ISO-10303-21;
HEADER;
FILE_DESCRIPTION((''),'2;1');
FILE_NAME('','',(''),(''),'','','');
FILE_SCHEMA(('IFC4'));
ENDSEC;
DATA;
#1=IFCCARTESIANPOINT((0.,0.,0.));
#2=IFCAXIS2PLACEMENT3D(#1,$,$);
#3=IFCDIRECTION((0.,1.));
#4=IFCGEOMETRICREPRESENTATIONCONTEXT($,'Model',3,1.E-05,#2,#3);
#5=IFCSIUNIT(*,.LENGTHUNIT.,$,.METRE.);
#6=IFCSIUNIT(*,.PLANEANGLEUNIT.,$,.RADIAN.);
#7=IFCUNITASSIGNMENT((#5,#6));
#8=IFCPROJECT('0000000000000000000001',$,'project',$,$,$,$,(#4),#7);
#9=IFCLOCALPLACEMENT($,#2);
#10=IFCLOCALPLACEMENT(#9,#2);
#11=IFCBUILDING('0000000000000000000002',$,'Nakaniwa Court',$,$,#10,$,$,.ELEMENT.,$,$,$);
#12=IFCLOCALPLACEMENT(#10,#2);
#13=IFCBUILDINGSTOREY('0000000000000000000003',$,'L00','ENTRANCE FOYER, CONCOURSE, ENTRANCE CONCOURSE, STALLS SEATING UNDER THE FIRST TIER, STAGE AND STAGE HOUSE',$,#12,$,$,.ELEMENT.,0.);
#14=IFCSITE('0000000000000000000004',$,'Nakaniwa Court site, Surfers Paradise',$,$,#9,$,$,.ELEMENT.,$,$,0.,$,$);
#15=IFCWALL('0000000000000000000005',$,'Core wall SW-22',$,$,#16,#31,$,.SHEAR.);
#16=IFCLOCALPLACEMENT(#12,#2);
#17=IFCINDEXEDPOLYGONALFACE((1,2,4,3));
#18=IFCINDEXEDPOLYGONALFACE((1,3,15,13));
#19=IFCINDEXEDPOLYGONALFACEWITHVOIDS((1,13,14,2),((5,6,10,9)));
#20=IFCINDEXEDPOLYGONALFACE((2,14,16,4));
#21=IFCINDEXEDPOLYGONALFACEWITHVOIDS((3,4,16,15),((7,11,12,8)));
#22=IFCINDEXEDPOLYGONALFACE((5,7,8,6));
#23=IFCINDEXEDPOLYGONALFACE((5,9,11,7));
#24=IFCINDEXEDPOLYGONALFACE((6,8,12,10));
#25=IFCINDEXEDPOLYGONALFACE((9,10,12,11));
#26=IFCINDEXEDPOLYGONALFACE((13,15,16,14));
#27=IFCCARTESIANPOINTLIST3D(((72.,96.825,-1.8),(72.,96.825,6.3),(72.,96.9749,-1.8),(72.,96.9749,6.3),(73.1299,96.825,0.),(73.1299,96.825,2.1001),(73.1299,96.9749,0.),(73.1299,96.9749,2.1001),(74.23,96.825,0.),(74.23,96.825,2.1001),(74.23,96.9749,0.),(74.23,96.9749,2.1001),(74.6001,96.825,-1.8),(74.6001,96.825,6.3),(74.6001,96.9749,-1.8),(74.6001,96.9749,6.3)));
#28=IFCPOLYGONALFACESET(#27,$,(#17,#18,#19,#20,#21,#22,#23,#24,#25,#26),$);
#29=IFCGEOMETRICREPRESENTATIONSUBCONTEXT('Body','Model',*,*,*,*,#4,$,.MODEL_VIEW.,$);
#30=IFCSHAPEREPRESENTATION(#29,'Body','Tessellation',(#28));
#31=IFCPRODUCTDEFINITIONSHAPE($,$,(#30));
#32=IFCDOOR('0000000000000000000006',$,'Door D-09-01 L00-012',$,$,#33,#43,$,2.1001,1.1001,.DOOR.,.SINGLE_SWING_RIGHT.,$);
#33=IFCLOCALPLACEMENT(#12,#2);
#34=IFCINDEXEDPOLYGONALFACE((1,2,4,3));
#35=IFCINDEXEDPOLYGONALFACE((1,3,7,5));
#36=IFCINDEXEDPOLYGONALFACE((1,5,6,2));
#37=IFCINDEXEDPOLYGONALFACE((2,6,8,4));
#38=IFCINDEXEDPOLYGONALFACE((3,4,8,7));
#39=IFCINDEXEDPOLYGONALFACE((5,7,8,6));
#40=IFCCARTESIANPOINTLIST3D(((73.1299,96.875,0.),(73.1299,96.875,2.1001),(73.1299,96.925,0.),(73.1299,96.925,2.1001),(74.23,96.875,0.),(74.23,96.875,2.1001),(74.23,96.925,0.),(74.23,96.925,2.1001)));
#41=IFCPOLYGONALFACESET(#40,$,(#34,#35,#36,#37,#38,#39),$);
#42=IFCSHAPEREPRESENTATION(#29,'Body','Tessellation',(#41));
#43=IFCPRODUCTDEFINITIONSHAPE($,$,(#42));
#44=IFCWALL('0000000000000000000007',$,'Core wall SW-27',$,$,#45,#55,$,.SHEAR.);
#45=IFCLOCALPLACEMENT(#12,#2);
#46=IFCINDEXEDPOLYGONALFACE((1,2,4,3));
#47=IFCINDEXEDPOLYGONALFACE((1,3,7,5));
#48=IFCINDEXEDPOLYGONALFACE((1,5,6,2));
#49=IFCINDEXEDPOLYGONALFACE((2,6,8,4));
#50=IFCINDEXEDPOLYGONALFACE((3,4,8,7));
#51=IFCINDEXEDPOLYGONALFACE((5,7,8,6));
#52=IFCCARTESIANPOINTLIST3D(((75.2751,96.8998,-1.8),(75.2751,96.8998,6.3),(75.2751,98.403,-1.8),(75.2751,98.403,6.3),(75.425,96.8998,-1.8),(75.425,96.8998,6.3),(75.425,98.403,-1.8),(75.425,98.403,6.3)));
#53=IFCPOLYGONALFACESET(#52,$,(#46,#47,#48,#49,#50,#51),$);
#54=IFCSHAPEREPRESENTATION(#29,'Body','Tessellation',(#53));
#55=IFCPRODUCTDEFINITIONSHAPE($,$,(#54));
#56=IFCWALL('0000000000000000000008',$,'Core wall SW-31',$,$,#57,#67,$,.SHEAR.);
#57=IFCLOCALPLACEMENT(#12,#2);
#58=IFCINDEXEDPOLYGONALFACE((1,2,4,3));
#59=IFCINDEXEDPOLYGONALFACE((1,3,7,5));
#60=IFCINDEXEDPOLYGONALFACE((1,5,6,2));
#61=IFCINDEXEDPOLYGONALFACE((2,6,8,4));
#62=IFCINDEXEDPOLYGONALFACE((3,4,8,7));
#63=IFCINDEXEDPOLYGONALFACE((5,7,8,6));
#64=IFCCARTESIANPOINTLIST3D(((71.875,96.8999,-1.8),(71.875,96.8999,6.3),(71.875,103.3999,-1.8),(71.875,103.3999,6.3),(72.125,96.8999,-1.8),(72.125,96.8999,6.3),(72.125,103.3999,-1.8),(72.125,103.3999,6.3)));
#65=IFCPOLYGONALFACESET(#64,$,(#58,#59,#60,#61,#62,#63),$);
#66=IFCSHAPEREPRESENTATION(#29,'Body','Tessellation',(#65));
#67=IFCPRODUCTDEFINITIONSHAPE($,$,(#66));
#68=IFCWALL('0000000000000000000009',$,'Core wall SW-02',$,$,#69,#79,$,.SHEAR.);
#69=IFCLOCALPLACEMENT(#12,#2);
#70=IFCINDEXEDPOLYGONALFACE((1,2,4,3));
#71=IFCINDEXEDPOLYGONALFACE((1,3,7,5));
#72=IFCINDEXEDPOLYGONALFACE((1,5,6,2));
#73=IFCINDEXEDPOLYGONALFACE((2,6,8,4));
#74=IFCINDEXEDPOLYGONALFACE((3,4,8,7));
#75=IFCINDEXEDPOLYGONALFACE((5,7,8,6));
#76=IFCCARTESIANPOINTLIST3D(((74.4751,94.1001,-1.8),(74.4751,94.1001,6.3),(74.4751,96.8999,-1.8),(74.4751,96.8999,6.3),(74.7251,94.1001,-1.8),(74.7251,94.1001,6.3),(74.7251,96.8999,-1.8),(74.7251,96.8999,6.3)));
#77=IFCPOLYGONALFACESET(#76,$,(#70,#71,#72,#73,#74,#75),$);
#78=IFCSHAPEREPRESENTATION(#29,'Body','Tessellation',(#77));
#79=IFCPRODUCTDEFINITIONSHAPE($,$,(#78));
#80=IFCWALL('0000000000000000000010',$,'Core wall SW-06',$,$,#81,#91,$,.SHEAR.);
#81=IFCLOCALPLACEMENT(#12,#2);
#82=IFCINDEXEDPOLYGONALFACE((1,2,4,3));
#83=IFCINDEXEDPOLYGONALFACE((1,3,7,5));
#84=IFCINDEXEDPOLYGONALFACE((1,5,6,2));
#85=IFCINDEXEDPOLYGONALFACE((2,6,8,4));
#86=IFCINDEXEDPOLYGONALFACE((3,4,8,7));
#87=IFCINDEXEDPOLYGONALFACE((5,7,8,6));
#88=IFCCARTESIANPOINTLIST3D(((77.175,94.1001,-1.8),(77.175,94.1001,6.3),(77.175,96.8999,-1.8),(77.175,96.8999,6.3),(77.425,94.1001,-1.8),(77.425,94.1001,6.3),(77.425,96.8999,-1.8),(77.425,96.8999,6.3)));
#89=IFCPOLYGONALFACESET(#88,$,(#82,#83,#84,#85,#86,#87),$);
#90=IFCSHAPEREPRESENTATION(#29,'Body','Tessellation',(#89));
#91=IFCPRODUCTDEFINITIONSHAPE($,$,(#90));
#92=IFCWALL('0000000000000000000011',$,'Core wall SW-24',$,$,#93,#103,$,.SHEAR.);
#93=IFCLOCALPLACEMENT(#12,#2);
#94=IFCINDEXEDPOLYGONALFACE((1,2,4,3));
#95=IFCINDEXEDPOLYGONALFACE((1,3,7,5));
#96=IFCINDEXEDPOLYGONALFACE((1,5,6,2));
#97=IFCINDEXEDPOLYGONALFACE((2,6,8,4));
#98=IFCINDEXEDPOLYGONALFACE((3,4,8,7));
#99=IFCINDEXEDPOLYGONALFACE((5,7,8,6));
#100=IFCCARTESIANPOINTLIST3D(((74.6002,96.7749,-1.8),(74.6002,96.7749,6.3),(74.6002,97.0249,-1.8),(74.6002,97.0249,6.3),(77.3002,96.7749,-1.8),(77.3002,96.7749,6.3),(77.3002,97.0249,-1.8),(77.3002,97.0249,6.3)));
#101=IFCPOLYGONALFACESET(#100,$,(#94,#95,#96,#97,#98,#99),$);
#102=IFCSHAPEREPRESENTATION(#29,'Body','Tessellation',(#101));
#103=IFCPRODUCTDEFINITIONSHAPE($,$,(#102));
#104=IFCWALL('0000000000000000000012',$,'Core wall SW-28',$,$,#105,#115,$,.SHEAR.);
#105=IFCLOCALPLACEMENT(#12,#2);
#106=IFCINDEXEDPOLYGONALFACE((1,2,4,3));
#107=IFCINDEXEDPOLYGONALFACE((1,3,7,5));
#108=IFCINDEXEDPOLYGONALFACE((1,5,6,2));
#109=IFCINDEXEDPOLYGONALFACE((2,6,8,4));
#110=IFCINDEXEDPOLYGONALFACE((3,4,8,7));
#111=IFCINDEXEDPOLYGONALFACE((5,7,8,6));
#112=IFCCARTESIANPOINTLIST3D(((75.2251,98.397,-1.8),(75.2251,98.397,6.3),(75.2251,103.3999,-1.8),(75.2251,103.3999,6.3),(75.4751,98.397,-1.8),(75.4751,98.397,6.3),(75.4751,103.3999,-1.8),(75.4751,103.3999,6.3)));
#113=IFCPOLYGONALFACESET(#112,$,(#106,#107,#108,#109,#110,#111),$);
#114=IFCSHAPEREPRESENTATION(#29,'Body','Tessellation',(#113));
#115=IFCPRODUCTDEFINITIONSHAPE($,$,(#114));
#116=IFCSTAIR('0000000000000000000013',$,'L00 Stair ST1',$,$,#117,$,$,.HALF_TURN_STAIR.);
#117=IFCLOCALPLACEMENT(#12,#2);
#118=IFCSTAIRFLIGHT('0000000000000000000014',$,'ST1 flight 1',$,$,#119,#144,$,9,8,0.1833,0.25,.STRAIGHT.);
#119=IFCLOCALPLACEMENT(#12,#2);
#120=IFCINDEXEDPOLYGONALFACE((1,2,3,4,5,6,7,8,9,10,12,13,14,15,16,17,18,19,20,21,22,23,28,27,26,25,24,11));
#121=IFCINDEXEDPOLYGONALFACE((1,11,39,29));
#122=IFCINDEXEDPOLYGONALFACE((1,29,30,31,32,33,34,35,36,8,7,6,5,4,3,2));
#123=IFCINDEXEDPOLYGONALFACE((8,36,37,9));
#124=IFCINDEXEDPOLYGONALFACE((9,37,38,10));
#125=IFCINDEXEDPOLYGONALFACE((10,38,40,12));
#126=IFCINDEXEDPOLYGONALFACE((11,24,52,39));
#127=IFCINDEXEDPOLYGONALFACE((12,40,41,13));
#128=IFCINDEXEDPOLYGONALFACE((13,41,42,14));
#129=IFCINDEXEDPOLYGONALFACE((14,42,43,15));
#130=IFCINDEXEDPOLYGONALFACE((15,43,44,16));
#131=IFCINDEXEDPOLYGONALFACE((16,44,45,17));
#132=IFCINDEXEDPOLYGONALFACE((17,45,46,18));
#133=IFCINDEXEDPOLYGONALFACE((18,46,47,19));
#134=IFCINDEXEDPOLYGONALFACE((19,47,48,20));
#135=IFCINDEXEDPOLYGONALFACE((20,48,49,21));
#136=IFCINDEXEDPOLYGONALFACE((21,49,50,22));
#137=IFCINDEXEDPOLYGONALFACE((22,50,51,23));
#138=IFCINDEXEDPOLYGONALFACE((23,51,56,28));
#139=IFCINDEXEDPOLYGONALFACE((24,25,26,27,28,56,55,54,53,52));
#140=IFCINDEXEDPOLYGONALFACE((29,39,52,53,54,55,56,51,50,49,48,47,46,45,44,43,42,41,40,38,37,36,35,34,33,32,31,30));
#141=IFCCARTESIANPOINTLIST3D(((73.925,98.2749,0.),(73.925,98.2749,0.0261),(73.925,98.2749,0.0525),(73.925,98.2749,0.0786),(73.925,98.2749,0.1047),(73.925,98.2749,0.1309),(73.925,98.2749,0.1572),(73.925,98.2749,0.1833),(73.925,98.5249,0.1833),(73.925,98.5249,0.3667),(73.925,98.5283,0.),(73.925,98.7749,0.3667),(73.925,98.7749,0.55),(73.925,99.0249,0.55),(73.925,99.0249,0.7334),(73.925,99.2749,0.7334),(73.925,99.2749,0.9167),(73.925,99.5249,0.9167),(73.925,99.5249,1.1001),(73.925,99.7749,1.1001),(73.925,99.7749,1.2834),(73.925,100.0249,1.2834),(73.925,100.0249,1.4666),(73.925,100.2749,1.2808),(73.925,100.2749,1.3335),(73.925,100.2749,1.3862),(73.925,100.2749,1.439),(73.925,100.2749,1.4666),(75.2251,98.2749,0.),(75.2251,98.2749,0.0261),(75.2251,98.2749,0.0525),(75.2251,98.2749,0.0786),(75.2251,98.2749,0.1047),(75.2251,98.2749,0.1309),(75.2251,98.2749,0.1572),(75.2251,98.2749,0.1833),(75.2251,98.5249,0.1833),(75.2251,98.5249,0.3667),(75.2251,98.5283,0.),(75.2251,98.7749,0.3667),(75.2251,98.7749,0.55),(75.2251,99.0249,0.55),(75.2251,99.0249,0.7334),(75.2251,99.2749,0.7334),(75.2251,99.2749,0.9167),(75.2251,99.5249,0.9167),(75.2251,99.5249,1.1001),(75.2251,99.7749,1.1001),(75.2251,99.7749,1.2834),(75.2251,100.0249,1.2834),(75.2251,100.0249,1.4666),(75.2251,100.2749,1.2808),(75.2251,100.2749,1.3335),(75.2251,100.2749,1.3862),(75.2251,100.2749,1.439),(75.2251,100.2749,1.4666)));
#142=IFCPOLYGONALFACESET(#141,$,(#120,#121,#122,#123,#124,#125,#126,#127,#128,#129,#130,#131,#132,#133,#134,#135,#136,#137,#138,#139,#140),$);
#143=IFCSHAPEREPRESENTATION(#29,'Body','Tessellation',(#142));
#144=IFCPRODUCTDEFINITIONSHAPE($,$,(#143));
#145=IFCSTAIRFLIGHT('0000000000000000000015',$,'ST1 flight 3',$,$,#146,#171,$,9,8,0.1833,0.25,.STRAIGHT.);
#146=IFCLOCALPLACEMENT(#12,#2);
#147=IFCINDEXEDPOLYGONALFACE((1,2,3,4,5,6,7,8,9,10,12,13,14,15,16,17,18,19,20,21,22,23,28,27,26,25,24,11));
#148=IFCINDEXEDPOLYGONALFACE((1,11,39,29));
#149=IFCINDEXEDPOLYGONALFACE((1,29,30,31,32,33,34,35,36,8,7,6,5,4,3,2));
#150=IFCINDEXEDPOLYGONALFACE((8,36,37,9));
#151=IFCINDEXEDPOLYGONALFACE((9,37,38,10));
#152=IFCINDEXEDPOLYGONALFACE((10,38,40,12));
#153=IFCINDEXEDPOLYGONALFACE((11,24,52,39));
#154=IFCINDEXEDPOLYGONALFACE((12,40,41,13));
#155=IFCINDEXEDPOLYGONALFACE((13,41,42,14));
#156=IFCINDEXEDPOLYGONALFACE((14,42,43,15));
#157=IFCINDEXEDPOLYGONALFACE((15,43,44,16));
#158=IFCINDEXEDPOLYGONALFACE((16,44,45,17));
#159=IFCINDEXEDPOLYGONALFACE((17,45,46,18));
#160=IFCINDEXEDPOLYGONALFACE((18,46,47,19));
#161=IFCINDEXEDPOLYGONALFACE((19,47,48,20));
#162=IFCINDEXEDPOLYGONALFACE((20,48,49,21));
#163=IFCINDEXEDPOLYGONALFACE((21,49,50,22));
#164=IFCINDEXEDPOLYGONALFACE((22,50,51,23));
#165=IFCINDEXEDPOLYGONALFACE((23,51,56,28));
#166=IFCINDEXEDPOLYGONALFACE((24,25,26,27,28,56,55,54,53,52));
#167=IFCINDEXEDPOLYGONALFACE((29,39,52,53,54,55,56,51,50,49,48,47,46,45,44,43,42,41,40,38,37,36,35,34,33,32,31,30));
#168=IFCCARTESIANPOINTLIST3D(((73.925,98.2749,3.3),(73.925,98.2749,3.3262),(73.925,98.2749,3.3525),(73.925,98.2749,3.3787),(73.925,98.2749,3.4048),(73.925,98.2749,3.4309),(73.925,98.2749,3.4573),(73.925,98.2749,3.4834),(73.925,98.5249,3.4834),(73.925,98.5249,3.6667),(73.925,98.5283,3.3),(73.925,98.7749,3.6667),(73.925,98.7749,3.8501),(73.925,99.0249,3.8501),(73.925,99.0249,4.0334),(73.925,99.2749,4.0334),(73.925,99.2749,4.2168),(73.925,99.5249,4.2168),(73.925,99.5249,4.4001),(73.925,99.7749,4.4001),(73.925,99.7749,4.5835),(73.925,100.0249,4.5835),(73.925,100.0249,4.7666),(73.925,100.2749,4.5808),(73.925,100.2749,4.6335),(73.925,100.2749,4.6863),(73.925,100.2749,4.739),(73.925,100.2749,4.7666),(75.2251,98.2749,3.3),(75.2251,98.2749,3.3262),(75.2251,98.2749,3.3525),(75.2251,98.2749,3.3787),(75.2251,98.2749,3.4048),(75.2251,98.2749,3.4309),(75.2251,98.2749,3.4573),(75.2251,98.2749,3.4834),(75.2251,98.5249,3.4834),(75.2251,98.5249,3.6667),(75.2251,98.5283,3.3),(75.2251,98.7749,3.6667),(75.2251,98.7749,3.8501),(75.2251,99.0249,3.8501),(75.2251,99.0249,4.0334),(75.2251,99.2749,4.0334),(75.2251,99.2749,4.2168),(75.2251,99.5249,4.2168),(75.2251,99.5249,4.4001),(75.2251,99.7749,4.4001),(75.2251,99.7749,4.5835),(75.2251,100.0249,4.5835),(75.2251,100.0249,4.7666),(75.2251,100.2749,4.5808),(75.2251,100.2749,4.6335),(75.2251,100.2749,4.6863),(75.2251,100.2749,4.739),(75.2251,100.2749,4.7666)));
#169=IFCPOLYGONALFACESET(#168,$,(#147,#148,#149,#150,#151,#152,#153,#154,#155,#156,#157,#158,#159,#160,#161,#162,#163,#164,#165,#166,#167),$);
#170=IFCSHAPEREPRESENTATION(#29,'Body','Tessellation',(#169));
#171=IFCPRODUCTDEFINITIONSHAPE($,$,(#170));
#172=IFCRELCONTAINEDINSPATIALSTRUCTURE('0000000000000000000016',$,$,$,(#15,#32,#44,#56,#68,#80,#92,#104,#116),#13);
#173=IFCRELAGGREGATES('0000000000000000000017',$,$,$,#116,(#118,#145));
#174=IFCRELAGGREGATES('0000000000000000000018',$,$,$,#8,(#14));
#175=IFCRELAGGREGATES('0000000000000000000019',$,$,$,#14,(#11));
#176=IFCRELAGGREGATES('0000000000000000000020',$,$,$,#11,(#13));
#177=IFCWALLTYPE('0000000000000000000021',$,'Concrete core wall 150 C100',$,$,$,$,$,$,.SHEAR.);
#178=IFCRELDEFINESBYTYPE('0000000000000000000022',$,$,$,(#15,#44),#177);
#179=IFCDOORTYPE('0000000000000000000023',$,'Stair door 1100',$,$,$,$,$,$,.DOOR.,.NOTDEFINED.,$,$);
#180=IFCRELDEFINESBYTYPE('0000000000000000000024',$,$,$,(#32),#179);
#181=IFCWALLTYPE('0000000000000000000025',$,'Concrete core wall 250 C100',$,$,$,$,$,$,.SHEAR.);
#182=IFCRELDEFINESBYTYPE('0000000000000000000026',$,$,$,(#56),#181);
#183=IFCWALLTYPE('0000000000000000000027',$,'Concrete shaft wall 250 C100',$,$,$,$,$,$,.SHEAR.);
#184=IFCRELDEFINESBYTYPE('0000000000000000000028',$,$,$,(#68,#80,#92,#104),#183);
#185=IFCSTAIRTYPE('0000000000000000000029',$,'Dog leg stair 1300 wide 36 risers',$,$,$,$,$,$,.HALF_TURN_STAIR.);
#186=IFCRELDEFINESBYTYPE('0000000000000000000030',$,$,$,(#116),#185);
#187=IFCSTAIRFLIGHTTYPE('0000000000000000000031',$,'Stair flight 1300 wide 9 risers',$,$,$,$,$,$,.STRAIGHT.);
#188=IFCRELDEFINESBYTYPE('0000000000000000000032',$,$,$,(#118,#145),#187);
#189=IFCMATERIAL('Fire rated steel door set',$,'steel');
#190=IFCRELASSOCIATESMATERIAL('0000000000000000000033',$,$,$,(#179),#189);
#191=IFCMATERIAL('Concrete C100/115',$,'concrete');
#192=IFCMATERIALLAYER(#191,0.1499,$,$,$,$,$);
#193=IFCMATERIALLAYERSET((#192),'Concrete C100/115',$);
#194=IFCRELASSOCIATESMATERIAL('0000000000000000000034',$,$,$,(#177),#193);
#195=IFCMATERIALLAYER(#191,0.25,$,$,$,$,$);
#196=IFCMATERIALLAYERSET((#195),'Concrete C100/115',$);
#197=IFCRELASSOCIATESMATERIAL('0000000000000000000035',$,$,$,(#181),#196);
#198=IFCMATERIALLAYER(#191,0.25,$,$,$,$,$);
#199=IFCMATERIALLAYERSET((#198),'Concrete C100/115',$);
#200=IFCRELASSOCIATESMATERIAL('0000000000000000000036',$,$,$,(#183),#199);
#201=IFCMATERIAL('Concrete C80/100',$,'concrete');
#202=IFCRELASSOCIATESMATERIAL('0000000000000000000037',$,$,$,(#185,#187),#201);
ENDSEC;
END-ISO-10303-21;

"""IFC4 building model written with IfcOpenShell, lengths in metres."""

from ifc_helpers import new_model, si_unit, direction, frame, frame_2d, origin, place, context, subcontext, project, spatial, polyline, rectangle, outline, extrude, material, layer, layer_set, type_object, element, fill, aggregate, save


model = new_model("IFC4")

# Units and contexts
model_context = context("Model", 3, precision=1e-05, world=origin(), true_north=direction((0.0, 1.0)))
body_context = subcontext(model_context, "Body", "Model", "MODEL_VIEW")
ifc_project = project(units=[si_unit("LENGTHUNIT", "METRE"), si_unit("PLANEANGLEUNIT", "RADIAN")], contexts=[model_context])

# Site, building, storey
site_placement = place(None, origin())
site = spatial("IfcSite", under=ifc_project, at=site_placement, Name="Nakaniwa Court site, Surfers Paradise", CompositionType="ELEMENT", RefElevation=0.0)
building_placement = place(site_placement, origin())
building = spatial("IfcBuilding", under=site, at=building_placement, Name="Nakaniwa Court", CompositionType="ELEMENT")
storey_placement = place(building_placement, origin())
storey = spatial("IfcBuildingStorey", under=building, at=storey_placement, Name="L00", Description="ENTRANCE FOYER, CONCOURSE, ENTRANCE CONCOURSE, STALLS SEATING UNDER THE FIRST TIER, STAGE AND STAGE HOUSE", CompositionType="ELEMENT", Elevation=0.0)

# Shared definitions
ifc_material_1 = material(Name="Fire rated steel door set", Category="steel")

# Wall, opening, door
ifc_material_2 = material(Name="Concrete C100/115", Category="concrete")
door_type_1 = type_object("IfcDoorType", Name="Stair door 1100", OperationType="NOTDEFINED", PredefinedType="DOOR", material=ifc_material_1)
ifc_layer_1 = layer(ifc_material_2, 0.1499)
ifc_layer_set_1 = layer_set([ifc_layer_1], Name="Concrete C100/115")
wall_type_1 = type_object("IfcWallType", Name="Concrete core wall 150 C100", PredefinedType="SHEAR", material=ifc_layer_set_1)
wall_1_placement = place(storey_placement, frame((74.6001, 96.8999, -1.8), z_axis=(0.0, 0.0, 1.0), x_axis=(-1.0, 0.0, 0.0)))
wall_1 = element("IfcWall", 1, at=wall_1_placement, inside=storey, type_object=wall_type_1, Name="Core wall SW-22", PredefinedType="SHEAR", context=body_context, shape_type="SweptSolid", body=[
    extrude(rectangle(XDim=2.6001, YDim=0.1499, at=frame_2d((1.3, 0.0))), origin(), (0.0, 0.0, 1.0), 8.1001),
])
opening_1_placement = place(wall_1_placement, frame((0.3701, 0.0, 1.8)))
opening_1 = element("IfcOpeningElement", 2, at=opening_1_placement, cuts=wall_1, PredefinedType="OPENING", context=body_context, shape_type="SweptSolid", body=[
    extrude(rectangle(XDim=1.1001, YDim=2.1001, at=frame_2d((0.55, 1.05))), frame((0.0, 0.085, 0.0), z_axis=(0.0, -1.0, 0.0), x_axis=(1.0, 0.0, 0.0)), (0.0, 0.0, 1.0), 0.1699),
])
door_1_placement = place(opening_1_placement, origin())
door_1 = element("IfcDoor", 3, at=door_1_placement, inside=storey, type_object=door_type_1, Name="Door D-09-01 L00-012", OperationType="SINGLE_SWING_RIGHT", OverallHeight=2.1001, OverallWidth=1.1001, PredefinedType="DOOR", context=body_context, shape_type="SweptSolid", body=[
    extrude(rectangle(XDim=1.1001, YDim=2.1001, at=frame_2d((0.55, 1.05))), frame((0.0, 0.0249, 0.0), z_axis=(0.0, -1.0, 0.0), x_axis=(1.0, 0.0, 0.0)), (0.0, 0.0, 1.0), 0.05),
])
fill(opening_1, door_1)

# Walls
wall_2_placement = place(storey_placement, frame((75.3501, 96.8999, -1.8), z_axis=(0.0, 0.0, 1.0), x_axis=(0.0, 1.0, 0.0)))
element("IfcWall", 4, at=wall_2_placement, inside=storey, type_object=wall_type_1, Name="Core wall SW-27", PredefinedType="SHEAR", context=body_context, shape_type="SweptSolid", body=[
    extrude(rectangle(XDim=1.5032, YDim=0.1499, at=frame_2d((0.7515, 0.0))), origin(), (0.0, 0.0, 1.0), 8.1001),
])
ifc_layer_2 = layer(ifc_material_2, 0.25)
ifc_layer_set_2 = layer_set([ifc_layer_2], Name="Concrete C100/115")
wall_type_2 = type_object("IfcWallType", Name="Concrete core wall 250 C100", PredefinedType="SHEAR", material=ifc_layer_set_2)
wall_3_placement = place(storey_placement, frame((72.0, 96.8999, -1.8), z_axis=(0.0, 0.0, 1.0), x_axis=(0.0, 1.0, 0.0)))
element("IfcWall", 5, at=wall_3_placement, inside=storey, type_object=wall_type_2, Name="Core wall SW-31", PredefinedType="SHEAR", context=body_context, shape_type="SweptSolid", body=[
    extrude(rectangle(XDim=6.5, YDim=0.25, at=frame_2d((3.25, 0.0))), origin(), (0.0, 0.0, 1.0), 8.1001),
])
ifc_layer_3 = layer(ifc_material_2, 0.25)
ifc_layer_set_3 = layer_set([ifc_layer_3], Name="Concrete C100/115")
wall_type_3 = type_object("IfcWallType", Name="Concrete shaft wall 250 C100", PredefinedType="SHEAR", material=ifc_layer_set_3)
for number, where, z_axis, x_axis, name in (
    (6, (74.6001, 94.1001, -1.8), (0.0, 0.0, 1.0), (0.0, 1.0, 0.0), "Core wall SW-02"),
    (7, (77.3, 94.1001, -1.8), (0.0, 0.0, 1.0), (0.0, 1.0, 0.0), "Core wall SW-06"),
):
    element("IfcWall", number, at=place(storey_placement, frame(where, z_axis=z_axis, x_axis=x_axis)), inside=storey, type_object=wall_type_3, Name=name, PredefinedType="SHEAR", context=body_context, shape_type="SweptSolid", body=[
        extrude(rectangle(XDim=2.7998, YDim=0.25, at=frame_2d((1.3999, 0.0))), origin(), (0.0, 0.0, 1.0), 8.1001),
    ])
wall_4_placement = place(storey_placement, frame((74.6001, 96.8999, -1.8), z_axis=(0.0, 0.0, 1.0), x_axis=(1.0, 0.0, 0.0)))
element("IfcWall", 8, at=wall_4_placement, inside=storey, type_object=wall_type_3, Name="Core wall SW-24", PredefinedType="SHEAR", context=body_context, shape_type="SweptSolid", body=[
    extrude(rectangle(XDim=2.7, YDim=0.25, at=frame_2d((1.3501, 0.0))), origin(), (0.0, 0.0, 1.0), 8.1001),
])
wall_5_placement = place(storey_placement, frame((75.3501, 98.397, -1.8), z_axis=(0.0, 0.0, 1.0), x_axis=(0.0, 1.0, 0.0)))
element("IfcWall", 9, at=wall_5_placement, inside=storey, type_object=wall_type_3, Name="Core wall SW-28", PredefinedType="SHEAR", context=body_context, shape_type="SweptSolid", body=[
    extrude(rectangle(XDim=5.0029, YDim=0.25, at=frame_2d((2.5015, 0.0))), origin(), (0.0, 0.0, 1.0), 8.1001),
])

# Stair, stair flights
ifc_material_3 = material(Name="Concrete C80/100", Category="concrete")
stair_type = type_object("IfcStairType", Name="Dog leg stair 1300 wide 36 risers", PredefinedType="HALF_TURN_STAIR", material=ifc_material_3)
stair_placement = place(storey_placement, origin())
stair = element("IfcStair", 10, at=stair_placement, inside=storey, type_object=stair_type, Name="L00 Stair ST1", PredefinedType="HALF_TURN_STAIR")
stair_flight_type = type_object("IfcStairFlightType", Name="Stair flight 1300 wide 9 risers", PredefinedType="STRAIGHT", material=ifc_material_3)
stair_flight_1_placement = place(storey_placement, frame((74.575, 98.2749, 0.0), z_axis=(0.0, 0.0, 1.0), x_axis=(0.0, 1.0, 0.0)))
stair_flight_1 = element("IfcStairFlight", 11, at=stair_flight_1_placement, type_object=stair_flight_type, Name="ST1 flight 1", NumberOfRisers=9, NumberOfTreads=8, PredefinedType="STRAIGHT", RiserHeight=0.1833, TreadLength=0.25, context=body_context, shape_type="SweptSolid", body=[
    extrude(outline(polyline([(0.0, 0.0), (0.0, 0.0261), (0.0, 0.0525), (0.0, 0.0786), (0.0, 0.1047), (0.0, 0.1309), (0.0, 0.1572), (0.0, 0.1833), (0.25, 0.1833), (0.25, 0.3667), (0.5, 0.3667), (0.5, 0.55), (0.75, 0.55), (0.75, 0.7334), (1.0, 0.7334), (1.0, 0.9167), (1.25, 0.9167), (1.25, 1.1001), (1.5, 1.1001), (1.5, 1.2834), (1.75, 1.2834), (1.75, 1.4666), (2.0, 1.4666), (2.0, 1.6499), (2.0, 1.5972), (2.0, 1.5444), (2.0, 1.4917), (2.0, 1.439), (2.0, 1.3862), (2.0, 1.3335), (2.0, 1.2808), (0.2534, 0.0), (0.0, 0.0)])), frame((0.0, 0.6499, 0.0), z_axis=(0.0, -1.0, 0.0), x_axis=(1.0, 0.0, 0.0)), (0.0, 0.0, 1.0), 1.3),
])
stair_flight_2_placement = place(storey_placement, frame((74.575, 98.2749, 3.3), z_axis=(0.0, 0.0, 1.0), x_axis=(0.0, 1.0, 0.0)))
stair_flight_2 = element("IfcStairFlight", 12, at=stair_flight_2_placement, type_object=stair_flight_type, Name="ST1 flight 3", NumberOfRisers=9, NumberOfTreads=8, PredefinedType="STRAIGHT", RiserHeight=0.1833, TreadLength=0.25, context=body_context, shape_type="SweptSolid", body=[
    extrude(outline(polyline([(0.0, 0.0), (0.0, 0.0261), (0.0, 0.0525), (0.0, 0.0786), (0.0, 0.1047), (0.0, 0.1309), (0.0, 0.1572), (0.0, 0.1833), (0.25, 0.1833), (0.25, 0.3667), (0.5, 0.3667), (0.5, 0.55), (0.75, 0.55), (0.75, 0.7334), (1.0, 0.7334), (1.0, 0.9167), (1.25, 0.9167), (1.25, 1.1001), (1.5, 1.1001), (1.5, 1.2834), (1.75, 1.2834), (1.75, 1.4666), (2.0, 1.4666), (2.0, 1.6499), (2.0, 1.5972), (2.0, 1.5444), (2.0, 1.4917), (2.0, 1.439), (2.0, 1.3862), (2.0, 1.3335), (2.0, 1.2808), (0.2534, 0.0), (0.0, 0.0)])), frame((0.0, 0.6499, 0.0), z_axis=(0.0, -1.0, 0.0), x_axis=(1.0, 0.0, 0.0)), (0.0, 0.0, 1.0), 1.3),
])
aggregate(stair, [stair_flight_1, stair_flight_2])

save(model, "model.ifc")
